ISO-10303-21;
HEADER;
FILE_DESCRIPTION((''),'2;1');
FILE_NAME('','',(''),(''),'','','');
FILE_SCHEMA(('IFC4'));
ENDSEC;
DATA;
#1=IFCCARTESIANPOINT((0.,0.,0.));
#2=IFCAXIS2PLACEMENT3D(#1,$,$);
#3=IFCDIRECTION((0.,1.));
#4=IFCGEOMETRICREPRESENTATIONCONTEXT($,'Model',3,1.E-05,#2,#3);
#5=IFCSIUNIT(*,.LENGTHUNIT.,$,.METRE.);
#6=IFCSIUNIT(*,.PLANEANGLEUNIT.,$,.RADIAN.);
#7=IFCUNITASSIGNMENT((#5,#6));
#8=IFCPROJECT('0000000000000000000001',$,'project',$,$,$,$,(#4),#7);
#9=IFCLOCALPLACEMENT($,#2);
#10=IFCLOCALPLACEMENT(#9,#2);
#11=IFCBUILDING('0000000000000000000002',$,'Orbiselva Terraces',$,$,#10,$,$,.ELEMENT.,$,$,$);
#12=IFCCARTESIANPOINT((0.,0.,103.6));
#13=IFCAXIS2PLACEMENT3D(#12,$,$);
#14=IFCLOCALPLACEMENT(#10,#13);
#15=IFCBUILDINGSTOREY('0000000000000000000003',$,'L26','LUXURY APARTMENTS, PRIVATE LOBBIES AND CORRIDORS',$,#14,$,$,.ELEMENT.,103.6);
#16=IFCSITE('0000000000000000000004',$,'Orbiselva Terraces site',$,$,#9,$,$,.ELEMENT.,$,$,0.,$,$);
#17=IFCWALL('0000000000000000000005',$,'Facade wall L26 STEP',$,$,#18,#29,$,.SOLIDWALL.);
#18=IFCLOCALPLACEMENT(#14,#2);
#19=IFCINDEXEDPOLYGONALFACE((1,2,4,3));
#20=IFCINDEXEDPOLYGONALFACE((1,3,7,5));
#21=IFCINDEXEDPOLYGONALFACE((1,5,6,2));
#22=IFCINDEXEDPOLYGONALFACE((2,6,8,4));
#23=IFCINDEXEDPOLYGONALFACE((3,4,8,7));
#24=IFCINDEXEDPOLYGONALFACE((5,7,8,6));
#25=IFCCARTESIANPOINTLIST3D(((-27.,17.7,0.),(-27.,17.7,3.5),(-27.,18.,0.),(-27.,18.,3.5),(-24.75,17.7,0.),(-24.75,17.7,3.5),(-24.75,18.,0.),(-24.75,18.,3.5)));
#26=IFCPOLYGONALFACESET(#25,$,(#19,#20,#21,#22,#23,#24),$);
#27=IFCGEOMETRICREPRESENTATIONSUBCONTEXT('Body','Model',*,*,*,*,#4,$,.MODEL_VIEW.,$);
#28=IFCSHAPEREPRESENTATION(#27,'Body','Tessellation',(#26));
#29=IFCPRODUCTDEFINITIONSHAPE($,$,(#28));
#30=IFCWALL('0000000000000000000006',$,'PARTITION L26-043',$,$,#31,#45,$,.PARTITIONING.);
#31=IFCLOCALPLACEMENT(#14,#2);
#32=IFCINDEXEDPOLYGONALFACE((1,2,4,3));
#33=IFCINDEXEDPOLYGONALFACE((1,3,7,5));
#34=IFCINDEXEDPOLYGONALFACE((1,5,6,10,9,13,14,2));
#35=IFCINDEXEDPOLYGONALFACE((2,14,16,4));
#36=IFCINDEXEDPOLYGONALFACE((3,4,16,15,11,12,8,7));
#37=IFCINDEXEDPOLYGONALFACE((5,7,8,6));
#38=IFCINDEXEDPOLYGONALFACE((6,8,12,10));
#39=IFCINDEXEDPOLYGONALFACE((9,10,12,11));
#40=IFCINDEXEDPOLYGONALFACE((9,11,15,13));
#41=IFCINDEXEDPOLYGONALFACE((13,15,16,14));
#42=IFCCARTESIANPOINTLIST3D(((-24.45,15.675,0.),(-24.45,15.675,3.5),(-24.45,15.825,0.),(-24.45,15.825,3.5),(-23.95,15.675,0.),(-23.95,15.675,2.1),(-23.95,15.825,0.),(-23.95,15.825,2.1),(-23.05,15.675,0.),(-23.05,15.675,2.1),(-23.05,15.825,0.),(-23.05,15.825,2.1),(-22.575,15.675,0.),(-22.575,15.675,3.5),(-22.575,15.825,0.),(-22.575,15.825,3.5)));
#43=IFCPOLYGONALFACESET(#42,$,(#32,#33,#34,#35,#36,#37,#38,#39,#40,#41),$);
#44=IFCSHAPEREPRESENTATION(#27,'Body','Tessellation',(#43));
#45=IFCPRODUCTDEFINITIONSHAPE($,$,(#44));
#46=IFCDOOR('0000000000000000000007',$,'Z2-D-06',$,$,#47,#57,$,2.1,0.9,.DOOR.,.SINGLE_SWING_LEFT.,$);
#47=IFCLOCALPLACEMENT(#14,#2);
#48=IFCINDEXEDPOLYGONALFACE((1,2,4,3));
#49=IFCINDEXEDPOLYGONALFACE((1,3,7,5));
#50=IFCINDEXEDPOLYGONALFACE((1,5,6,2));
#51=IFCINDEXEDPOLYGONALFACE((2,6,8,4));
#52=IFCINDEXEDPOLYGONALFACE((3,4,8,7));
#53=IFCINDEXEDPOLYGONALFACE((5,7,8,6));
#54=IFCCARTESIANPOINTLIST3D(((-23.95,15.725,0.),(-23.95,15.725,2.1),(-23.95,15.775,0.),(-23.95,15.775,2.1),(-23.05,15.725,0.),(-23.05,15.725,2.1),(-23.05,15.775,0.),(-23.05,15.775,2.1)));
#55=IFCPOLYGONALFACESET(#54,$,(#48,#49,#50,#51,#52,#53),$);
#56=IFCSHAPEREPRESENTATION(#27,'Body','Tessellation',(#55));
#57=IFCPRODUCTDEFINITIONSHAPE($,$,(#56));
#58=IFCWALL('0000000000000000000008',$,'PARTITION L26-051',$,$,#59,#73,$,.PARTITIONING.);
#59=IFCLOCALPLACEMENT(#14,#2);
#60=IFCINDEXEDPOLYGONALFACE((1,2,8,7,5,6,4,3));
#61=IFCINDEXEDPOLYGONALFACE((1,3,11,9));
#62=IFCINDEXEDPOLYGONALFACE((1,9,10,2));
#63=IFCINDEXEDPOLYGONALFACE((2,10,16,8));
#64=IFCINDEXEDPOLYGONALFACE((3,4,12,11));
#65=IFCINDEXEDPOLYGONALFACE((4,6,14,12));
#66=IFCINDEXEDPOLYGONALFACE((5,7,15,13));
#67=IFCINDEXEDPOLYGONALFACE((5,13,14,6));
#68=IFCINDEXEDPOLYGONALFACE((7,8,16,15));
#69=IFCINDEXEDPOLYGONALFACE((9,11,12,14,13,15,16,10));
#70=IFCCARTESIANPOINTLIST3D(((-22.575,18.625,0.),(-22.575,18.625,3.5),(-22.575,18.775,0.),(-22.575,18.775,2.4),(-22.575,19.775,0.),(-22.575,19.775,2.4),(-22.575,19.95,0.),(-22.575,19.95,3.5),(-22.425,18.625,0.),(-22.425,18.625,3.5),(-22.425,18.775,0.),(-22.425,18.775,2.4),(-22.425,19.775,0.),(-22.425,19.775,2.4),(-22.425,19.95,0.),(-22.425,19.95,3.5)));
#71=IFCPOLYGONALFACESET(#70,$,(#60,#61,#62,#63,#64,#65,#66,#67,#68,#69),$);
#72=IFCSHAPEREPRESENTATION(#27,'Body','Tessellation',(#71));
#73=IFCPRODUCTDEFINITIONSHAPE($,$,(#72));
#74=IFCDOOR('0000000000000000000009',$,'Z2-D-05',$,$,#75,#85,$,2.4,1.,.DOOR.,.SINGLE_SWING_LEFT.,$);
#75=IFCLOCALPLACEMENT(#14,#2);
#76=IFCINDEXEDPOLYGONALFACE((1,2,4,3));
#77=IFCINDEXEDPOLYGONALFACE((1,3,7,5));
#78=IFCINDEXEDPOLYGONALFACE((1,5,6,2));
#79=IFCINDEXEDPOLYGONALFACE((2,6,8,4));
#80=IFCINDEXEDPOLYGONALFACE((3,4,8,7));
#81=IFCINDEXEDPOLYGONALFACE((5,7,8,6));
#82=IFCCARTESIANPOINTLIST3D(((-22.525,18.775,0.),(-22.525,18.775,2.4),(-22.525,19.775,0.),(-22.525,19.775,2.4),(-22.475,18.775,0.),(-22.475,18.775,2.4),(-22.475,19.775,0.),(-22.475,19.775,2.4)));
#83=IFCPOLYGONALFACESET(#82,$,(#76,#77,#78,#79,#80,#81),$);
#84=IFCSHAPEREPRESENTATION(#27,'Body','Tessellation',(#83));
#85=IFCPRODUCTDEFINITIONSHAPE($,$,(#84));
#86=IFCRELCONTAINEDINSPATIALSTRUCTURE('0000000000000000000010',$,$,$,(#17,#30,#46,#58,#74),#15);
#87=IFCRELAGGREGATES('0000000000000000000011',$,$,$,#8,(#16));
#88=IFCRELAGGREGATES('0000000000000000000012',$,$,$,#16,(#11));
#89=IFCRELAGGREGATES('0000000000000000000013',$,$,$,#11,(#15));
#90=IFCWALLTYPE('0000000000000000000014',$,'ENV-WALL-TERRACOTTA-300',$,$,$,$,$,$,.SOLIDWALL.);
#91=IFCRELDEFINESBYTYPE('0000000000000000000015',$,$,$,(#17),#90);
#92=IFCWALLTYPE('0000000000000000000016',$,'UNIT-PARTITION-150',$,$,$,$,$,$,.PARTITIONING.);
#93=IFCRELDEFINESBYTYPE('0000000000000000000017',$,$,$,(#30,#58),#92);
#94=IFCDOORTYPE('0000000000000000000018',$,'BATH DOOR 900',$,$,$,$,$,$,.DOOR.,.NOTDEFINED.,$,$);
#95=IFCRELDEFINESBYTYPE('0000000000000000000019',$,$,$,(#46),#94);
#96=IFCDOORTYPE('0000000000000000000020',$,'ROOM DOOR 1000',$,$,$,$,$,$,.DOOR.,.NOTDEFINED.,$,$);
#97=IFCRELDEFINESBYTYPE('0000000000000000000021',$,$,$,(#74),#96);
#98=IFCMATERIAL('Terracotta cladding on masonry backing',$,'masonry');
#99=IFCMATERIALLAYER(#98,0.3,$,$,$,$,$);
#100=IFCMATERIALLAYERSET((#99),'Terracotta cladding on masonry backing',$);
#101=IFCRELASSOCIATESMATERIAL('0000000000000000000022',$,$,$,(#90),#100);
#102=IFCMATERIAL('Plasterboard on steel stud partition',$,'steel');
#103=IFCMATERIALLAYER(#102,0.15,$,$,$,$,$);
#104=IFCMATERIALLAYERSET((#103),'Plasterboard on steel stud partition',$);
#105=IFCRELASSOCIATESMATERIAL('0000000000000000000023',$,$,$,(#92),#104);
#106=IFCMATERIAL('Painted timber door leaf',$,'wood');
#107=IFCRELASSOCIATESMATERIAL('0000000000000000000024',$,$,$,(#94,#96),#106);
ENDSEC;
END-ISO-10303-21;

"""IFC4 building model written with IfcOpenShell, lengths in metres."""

from ifc_helpers import new_model, si_unit, direction, frame, frame_2d, origin, place, context, subcontext, project, spatial, rectangle, extrude, material, layer, layer_set, type_object, element, fill, save


model = new_model("IFC4")

# Units and contexts
model_context = context("Model", 3, precision=1e-05, world=origin(), true_north=direction((0.0, 1.0)))
body_context = subcontext(model_context, "Body", "Model", "MODEL_VIEW")
ifc_project = project(units=[si_unit("LENGTHUNIT", "METRE"), si_unit("PLANEANGLEUNIT", "RADIAN")], contexts=[model_context])

# Site, building, storey
site_placement = place(None, origin())
site = spatial("IfcSite", under=ifc_project, at=site_placement, Name="Orbiselva Terraces site", CompositionType="ELEMENT", RefElevation=0.0)
building_placement = place(site_placement, origin())
building = spatial("IfcBuilding", under=site, at=building_placement, Name="Orbiselva Terraces", CompositionType="ELEMENT")
storey_placement = place(building_placement, frame((0.0, 0.0, 103.6)))
storey = spatial("IfcBuildingStorey", under=building, at=storey_placement, Name="L26", Description="LUXURY APARTMENTS, PRIVATE LOBBIES AND CORRIDORS", CompositionType="ELEMENT", Elevation=103.6)

# Shared definitions
ifc_material_1 = material(Name="Terracotta cladding on masonry backing", Category="masonry")
ifc_layer_1 = layer(ifc_material_1, 0.3)
ifc_layer_set_1 = layer_set([ifc_layer_1], Name="Terracotta cladding on masonry backing")
wall_type_1 = type_object("IfcWallType", Name="ENV-WALL-TERRACOTTA-300", PredefinedType="SOLIDWALL", material=ifc_layer_set_1)

# Wall
wall_1_placement = place(storey_placement, frame((-27.0, 17.85, 0.0), z_axis=(0.0, 0.0, 1.0), x_axis=(1.0, 0.0, 0.0)))
element("IfcWall", 1, at=wall_1_placement, inside=storey, type_object=wall_type_1, Name="Facade wall L26 STEP", PredefinedType="SOLIDWALL", context=body_context, shape_type="SweptSolid", body=[
    extrude(rectangle(XDim=2.25, YDim=0.3, at=frame_2d((1.125, 0.0))), origin(), (0.0, 0.0, 1.0), 3.5),
])

# Walls, openings, doors
ifc_material_2 = material(Name="Plasterboard on steel stud partition", Category="steel")
ifc_layer_2 = layer(ifc_material_2, 0.15)
ifc_layer_set_2 = layer_set([ifc_layer_2], Name="Plasterboard on steel stud partition")
wall_type_2 = type_object("IfcWallType", Name="UNIT-PARTITION-150", PredefinedType="PARTITIONING", material=ifc_layer_set_2)
wall_2_placement = place(storey_placement, frame((-22.575, 15.75, 0.0), z_axis=(0.0, 0.0, 1.0), x_axis=(-1.0, 0.0, 0.0)))
wall_2 = element("IfcWall", 2, at=wall_2_placement, inside=storey, type_object=wall_type_2, Name="PARTITION L26-043", PredefinedType="PARTITIONING", context=body_context, shape_type="SweptSolid", body=[
    extrude(rectangle(XDim=1.875, YDim=0.15, at=frame_2d((0.9375, 0.0))), origin(), (0.0, 0.0, 1.0), 3.5),
])
opening_1_placement = place(wall_2_placement, frame((0.475, 0.0, 0.0)))
opening_1 = element("IfcOpeningElement", 3, at=opening_1_placement, cuts=wall_2, PredefinedType="OPENING", context=body_context, shape_type="SweptSolid", body=[
    extrude(rectangle(XDim=0.9, YDim=2.1, at=frame_2d((0.45, 1.05))), frame((0.0, 0.085, 0.0), z_axis=(0.0, -1.0, 0.0), x_axis=(1.0, 0.0, 0.0)), (0.0, 0.0, 1.0), 0.17),
])
ifc_material_3 = material(Name="Painted timber door leaf", Category="wood")
door_type_1 = type_object("IfcDoorType", Name="BATH DOOR 900", OperationType="NOTDEFINED", PredefinedType="DOOR", material=ifc_material_3)
door_1_placement = place(opening_1_placement, origin())
door_1 = element("IfcDoor", 4, at=door_1_placement, inside=storey, type_object=door_type_1, Name="Z2-D-06", OperationType="SINGLE_SWING_LEFT", OverallHeight=2.1, OverallWidth=0.9, PredefinedType="DOOR", context=body_context, shape_type="SweptSolid", body=[
    extrude(rectangle(XDim=0.9, YDim=2.1, at=frame_2d((0.45, 1.05))), frame((0.0, 0.025, 0.0), z_axis=(0.0, -1.0, 0.0), x_axis=(1.0, 0.0, 0.0)), (0.0, 0.0, 1.0), 0.05),
])
fill(opening_1, door_1)
wall_3_placement = place(storey_placement, frame((-22.5, 18.625, 0.0), z_axis=(0.0, 0.0, 1.0), x_axis=(0.0, 1.0, 0.0)))
wall_3 = element("IfcWall", 5, at=wall_3_placement, inside=storey, type_object=wall_type_2, Name="PARTITION L26-051", PredefinedType="PARTITIONING", context=body_context, shape_type="SweptSolid", body=[
    extrude(rectangle(XDim=1.325, YDim=0.15, at=frame_2d((0.6625, 0.0))), origin(), (0.0, 0.0, 1.0), 3.5),
])
opening_2_placement = place(wall_3_placement, frame((0.15, 0.0, 0.0)))
opening_2 = element("IfcOpeningElement", 6, at=opening_2_placement, cuts=wall_3, PredefinedType="OPENING", context=body_context, shape_type="SweptSolid", body=[
    extrude(rectangle(XDim=1.0, YDim=2.4, at=frame_2d((0.5, 1.2))), frame((0.0, 0.085, 0.0), z_axis=(0.0, -1.0, 0.0), x_axis=(1.0, 0.0, 0.0)), (0.0, 0.0, 1.0), 0.17),
])
door_type_2 = type_object("IfcDoorType", Name="ROOM DOOR 1000", OperationType="NOTDEFINED", PredefinedType="DOOR", material=ifc_material_3)
door_2_placement = place(opening_2_placement, origin())
door_2 = element("IfcDoor", 7, at=door_2_placement, inside=storey, type_object=door_type_2, Name="Z2-D-05", OperationType="SINGLE_SWING_LEFT", OverallHeight=2.4, OverallWidth=1.0, PredefinedType="DOOR", context=body_context, shape_type="SweptSolid", body=[
    extrude(rectangle(XDim=1.0, YDim=2.4, at=frame_2d((0.5, 1.2))), frame((0.0, 0.025, 0.0), z_axis=(0.0, -1.0, 0.0), x_axis=(1.0, 0.0, 0.0)), (0.0, 0.0, 1.0), 0.05),
])
fill(opening_2, door_2)

save(model, "model.ifc")
